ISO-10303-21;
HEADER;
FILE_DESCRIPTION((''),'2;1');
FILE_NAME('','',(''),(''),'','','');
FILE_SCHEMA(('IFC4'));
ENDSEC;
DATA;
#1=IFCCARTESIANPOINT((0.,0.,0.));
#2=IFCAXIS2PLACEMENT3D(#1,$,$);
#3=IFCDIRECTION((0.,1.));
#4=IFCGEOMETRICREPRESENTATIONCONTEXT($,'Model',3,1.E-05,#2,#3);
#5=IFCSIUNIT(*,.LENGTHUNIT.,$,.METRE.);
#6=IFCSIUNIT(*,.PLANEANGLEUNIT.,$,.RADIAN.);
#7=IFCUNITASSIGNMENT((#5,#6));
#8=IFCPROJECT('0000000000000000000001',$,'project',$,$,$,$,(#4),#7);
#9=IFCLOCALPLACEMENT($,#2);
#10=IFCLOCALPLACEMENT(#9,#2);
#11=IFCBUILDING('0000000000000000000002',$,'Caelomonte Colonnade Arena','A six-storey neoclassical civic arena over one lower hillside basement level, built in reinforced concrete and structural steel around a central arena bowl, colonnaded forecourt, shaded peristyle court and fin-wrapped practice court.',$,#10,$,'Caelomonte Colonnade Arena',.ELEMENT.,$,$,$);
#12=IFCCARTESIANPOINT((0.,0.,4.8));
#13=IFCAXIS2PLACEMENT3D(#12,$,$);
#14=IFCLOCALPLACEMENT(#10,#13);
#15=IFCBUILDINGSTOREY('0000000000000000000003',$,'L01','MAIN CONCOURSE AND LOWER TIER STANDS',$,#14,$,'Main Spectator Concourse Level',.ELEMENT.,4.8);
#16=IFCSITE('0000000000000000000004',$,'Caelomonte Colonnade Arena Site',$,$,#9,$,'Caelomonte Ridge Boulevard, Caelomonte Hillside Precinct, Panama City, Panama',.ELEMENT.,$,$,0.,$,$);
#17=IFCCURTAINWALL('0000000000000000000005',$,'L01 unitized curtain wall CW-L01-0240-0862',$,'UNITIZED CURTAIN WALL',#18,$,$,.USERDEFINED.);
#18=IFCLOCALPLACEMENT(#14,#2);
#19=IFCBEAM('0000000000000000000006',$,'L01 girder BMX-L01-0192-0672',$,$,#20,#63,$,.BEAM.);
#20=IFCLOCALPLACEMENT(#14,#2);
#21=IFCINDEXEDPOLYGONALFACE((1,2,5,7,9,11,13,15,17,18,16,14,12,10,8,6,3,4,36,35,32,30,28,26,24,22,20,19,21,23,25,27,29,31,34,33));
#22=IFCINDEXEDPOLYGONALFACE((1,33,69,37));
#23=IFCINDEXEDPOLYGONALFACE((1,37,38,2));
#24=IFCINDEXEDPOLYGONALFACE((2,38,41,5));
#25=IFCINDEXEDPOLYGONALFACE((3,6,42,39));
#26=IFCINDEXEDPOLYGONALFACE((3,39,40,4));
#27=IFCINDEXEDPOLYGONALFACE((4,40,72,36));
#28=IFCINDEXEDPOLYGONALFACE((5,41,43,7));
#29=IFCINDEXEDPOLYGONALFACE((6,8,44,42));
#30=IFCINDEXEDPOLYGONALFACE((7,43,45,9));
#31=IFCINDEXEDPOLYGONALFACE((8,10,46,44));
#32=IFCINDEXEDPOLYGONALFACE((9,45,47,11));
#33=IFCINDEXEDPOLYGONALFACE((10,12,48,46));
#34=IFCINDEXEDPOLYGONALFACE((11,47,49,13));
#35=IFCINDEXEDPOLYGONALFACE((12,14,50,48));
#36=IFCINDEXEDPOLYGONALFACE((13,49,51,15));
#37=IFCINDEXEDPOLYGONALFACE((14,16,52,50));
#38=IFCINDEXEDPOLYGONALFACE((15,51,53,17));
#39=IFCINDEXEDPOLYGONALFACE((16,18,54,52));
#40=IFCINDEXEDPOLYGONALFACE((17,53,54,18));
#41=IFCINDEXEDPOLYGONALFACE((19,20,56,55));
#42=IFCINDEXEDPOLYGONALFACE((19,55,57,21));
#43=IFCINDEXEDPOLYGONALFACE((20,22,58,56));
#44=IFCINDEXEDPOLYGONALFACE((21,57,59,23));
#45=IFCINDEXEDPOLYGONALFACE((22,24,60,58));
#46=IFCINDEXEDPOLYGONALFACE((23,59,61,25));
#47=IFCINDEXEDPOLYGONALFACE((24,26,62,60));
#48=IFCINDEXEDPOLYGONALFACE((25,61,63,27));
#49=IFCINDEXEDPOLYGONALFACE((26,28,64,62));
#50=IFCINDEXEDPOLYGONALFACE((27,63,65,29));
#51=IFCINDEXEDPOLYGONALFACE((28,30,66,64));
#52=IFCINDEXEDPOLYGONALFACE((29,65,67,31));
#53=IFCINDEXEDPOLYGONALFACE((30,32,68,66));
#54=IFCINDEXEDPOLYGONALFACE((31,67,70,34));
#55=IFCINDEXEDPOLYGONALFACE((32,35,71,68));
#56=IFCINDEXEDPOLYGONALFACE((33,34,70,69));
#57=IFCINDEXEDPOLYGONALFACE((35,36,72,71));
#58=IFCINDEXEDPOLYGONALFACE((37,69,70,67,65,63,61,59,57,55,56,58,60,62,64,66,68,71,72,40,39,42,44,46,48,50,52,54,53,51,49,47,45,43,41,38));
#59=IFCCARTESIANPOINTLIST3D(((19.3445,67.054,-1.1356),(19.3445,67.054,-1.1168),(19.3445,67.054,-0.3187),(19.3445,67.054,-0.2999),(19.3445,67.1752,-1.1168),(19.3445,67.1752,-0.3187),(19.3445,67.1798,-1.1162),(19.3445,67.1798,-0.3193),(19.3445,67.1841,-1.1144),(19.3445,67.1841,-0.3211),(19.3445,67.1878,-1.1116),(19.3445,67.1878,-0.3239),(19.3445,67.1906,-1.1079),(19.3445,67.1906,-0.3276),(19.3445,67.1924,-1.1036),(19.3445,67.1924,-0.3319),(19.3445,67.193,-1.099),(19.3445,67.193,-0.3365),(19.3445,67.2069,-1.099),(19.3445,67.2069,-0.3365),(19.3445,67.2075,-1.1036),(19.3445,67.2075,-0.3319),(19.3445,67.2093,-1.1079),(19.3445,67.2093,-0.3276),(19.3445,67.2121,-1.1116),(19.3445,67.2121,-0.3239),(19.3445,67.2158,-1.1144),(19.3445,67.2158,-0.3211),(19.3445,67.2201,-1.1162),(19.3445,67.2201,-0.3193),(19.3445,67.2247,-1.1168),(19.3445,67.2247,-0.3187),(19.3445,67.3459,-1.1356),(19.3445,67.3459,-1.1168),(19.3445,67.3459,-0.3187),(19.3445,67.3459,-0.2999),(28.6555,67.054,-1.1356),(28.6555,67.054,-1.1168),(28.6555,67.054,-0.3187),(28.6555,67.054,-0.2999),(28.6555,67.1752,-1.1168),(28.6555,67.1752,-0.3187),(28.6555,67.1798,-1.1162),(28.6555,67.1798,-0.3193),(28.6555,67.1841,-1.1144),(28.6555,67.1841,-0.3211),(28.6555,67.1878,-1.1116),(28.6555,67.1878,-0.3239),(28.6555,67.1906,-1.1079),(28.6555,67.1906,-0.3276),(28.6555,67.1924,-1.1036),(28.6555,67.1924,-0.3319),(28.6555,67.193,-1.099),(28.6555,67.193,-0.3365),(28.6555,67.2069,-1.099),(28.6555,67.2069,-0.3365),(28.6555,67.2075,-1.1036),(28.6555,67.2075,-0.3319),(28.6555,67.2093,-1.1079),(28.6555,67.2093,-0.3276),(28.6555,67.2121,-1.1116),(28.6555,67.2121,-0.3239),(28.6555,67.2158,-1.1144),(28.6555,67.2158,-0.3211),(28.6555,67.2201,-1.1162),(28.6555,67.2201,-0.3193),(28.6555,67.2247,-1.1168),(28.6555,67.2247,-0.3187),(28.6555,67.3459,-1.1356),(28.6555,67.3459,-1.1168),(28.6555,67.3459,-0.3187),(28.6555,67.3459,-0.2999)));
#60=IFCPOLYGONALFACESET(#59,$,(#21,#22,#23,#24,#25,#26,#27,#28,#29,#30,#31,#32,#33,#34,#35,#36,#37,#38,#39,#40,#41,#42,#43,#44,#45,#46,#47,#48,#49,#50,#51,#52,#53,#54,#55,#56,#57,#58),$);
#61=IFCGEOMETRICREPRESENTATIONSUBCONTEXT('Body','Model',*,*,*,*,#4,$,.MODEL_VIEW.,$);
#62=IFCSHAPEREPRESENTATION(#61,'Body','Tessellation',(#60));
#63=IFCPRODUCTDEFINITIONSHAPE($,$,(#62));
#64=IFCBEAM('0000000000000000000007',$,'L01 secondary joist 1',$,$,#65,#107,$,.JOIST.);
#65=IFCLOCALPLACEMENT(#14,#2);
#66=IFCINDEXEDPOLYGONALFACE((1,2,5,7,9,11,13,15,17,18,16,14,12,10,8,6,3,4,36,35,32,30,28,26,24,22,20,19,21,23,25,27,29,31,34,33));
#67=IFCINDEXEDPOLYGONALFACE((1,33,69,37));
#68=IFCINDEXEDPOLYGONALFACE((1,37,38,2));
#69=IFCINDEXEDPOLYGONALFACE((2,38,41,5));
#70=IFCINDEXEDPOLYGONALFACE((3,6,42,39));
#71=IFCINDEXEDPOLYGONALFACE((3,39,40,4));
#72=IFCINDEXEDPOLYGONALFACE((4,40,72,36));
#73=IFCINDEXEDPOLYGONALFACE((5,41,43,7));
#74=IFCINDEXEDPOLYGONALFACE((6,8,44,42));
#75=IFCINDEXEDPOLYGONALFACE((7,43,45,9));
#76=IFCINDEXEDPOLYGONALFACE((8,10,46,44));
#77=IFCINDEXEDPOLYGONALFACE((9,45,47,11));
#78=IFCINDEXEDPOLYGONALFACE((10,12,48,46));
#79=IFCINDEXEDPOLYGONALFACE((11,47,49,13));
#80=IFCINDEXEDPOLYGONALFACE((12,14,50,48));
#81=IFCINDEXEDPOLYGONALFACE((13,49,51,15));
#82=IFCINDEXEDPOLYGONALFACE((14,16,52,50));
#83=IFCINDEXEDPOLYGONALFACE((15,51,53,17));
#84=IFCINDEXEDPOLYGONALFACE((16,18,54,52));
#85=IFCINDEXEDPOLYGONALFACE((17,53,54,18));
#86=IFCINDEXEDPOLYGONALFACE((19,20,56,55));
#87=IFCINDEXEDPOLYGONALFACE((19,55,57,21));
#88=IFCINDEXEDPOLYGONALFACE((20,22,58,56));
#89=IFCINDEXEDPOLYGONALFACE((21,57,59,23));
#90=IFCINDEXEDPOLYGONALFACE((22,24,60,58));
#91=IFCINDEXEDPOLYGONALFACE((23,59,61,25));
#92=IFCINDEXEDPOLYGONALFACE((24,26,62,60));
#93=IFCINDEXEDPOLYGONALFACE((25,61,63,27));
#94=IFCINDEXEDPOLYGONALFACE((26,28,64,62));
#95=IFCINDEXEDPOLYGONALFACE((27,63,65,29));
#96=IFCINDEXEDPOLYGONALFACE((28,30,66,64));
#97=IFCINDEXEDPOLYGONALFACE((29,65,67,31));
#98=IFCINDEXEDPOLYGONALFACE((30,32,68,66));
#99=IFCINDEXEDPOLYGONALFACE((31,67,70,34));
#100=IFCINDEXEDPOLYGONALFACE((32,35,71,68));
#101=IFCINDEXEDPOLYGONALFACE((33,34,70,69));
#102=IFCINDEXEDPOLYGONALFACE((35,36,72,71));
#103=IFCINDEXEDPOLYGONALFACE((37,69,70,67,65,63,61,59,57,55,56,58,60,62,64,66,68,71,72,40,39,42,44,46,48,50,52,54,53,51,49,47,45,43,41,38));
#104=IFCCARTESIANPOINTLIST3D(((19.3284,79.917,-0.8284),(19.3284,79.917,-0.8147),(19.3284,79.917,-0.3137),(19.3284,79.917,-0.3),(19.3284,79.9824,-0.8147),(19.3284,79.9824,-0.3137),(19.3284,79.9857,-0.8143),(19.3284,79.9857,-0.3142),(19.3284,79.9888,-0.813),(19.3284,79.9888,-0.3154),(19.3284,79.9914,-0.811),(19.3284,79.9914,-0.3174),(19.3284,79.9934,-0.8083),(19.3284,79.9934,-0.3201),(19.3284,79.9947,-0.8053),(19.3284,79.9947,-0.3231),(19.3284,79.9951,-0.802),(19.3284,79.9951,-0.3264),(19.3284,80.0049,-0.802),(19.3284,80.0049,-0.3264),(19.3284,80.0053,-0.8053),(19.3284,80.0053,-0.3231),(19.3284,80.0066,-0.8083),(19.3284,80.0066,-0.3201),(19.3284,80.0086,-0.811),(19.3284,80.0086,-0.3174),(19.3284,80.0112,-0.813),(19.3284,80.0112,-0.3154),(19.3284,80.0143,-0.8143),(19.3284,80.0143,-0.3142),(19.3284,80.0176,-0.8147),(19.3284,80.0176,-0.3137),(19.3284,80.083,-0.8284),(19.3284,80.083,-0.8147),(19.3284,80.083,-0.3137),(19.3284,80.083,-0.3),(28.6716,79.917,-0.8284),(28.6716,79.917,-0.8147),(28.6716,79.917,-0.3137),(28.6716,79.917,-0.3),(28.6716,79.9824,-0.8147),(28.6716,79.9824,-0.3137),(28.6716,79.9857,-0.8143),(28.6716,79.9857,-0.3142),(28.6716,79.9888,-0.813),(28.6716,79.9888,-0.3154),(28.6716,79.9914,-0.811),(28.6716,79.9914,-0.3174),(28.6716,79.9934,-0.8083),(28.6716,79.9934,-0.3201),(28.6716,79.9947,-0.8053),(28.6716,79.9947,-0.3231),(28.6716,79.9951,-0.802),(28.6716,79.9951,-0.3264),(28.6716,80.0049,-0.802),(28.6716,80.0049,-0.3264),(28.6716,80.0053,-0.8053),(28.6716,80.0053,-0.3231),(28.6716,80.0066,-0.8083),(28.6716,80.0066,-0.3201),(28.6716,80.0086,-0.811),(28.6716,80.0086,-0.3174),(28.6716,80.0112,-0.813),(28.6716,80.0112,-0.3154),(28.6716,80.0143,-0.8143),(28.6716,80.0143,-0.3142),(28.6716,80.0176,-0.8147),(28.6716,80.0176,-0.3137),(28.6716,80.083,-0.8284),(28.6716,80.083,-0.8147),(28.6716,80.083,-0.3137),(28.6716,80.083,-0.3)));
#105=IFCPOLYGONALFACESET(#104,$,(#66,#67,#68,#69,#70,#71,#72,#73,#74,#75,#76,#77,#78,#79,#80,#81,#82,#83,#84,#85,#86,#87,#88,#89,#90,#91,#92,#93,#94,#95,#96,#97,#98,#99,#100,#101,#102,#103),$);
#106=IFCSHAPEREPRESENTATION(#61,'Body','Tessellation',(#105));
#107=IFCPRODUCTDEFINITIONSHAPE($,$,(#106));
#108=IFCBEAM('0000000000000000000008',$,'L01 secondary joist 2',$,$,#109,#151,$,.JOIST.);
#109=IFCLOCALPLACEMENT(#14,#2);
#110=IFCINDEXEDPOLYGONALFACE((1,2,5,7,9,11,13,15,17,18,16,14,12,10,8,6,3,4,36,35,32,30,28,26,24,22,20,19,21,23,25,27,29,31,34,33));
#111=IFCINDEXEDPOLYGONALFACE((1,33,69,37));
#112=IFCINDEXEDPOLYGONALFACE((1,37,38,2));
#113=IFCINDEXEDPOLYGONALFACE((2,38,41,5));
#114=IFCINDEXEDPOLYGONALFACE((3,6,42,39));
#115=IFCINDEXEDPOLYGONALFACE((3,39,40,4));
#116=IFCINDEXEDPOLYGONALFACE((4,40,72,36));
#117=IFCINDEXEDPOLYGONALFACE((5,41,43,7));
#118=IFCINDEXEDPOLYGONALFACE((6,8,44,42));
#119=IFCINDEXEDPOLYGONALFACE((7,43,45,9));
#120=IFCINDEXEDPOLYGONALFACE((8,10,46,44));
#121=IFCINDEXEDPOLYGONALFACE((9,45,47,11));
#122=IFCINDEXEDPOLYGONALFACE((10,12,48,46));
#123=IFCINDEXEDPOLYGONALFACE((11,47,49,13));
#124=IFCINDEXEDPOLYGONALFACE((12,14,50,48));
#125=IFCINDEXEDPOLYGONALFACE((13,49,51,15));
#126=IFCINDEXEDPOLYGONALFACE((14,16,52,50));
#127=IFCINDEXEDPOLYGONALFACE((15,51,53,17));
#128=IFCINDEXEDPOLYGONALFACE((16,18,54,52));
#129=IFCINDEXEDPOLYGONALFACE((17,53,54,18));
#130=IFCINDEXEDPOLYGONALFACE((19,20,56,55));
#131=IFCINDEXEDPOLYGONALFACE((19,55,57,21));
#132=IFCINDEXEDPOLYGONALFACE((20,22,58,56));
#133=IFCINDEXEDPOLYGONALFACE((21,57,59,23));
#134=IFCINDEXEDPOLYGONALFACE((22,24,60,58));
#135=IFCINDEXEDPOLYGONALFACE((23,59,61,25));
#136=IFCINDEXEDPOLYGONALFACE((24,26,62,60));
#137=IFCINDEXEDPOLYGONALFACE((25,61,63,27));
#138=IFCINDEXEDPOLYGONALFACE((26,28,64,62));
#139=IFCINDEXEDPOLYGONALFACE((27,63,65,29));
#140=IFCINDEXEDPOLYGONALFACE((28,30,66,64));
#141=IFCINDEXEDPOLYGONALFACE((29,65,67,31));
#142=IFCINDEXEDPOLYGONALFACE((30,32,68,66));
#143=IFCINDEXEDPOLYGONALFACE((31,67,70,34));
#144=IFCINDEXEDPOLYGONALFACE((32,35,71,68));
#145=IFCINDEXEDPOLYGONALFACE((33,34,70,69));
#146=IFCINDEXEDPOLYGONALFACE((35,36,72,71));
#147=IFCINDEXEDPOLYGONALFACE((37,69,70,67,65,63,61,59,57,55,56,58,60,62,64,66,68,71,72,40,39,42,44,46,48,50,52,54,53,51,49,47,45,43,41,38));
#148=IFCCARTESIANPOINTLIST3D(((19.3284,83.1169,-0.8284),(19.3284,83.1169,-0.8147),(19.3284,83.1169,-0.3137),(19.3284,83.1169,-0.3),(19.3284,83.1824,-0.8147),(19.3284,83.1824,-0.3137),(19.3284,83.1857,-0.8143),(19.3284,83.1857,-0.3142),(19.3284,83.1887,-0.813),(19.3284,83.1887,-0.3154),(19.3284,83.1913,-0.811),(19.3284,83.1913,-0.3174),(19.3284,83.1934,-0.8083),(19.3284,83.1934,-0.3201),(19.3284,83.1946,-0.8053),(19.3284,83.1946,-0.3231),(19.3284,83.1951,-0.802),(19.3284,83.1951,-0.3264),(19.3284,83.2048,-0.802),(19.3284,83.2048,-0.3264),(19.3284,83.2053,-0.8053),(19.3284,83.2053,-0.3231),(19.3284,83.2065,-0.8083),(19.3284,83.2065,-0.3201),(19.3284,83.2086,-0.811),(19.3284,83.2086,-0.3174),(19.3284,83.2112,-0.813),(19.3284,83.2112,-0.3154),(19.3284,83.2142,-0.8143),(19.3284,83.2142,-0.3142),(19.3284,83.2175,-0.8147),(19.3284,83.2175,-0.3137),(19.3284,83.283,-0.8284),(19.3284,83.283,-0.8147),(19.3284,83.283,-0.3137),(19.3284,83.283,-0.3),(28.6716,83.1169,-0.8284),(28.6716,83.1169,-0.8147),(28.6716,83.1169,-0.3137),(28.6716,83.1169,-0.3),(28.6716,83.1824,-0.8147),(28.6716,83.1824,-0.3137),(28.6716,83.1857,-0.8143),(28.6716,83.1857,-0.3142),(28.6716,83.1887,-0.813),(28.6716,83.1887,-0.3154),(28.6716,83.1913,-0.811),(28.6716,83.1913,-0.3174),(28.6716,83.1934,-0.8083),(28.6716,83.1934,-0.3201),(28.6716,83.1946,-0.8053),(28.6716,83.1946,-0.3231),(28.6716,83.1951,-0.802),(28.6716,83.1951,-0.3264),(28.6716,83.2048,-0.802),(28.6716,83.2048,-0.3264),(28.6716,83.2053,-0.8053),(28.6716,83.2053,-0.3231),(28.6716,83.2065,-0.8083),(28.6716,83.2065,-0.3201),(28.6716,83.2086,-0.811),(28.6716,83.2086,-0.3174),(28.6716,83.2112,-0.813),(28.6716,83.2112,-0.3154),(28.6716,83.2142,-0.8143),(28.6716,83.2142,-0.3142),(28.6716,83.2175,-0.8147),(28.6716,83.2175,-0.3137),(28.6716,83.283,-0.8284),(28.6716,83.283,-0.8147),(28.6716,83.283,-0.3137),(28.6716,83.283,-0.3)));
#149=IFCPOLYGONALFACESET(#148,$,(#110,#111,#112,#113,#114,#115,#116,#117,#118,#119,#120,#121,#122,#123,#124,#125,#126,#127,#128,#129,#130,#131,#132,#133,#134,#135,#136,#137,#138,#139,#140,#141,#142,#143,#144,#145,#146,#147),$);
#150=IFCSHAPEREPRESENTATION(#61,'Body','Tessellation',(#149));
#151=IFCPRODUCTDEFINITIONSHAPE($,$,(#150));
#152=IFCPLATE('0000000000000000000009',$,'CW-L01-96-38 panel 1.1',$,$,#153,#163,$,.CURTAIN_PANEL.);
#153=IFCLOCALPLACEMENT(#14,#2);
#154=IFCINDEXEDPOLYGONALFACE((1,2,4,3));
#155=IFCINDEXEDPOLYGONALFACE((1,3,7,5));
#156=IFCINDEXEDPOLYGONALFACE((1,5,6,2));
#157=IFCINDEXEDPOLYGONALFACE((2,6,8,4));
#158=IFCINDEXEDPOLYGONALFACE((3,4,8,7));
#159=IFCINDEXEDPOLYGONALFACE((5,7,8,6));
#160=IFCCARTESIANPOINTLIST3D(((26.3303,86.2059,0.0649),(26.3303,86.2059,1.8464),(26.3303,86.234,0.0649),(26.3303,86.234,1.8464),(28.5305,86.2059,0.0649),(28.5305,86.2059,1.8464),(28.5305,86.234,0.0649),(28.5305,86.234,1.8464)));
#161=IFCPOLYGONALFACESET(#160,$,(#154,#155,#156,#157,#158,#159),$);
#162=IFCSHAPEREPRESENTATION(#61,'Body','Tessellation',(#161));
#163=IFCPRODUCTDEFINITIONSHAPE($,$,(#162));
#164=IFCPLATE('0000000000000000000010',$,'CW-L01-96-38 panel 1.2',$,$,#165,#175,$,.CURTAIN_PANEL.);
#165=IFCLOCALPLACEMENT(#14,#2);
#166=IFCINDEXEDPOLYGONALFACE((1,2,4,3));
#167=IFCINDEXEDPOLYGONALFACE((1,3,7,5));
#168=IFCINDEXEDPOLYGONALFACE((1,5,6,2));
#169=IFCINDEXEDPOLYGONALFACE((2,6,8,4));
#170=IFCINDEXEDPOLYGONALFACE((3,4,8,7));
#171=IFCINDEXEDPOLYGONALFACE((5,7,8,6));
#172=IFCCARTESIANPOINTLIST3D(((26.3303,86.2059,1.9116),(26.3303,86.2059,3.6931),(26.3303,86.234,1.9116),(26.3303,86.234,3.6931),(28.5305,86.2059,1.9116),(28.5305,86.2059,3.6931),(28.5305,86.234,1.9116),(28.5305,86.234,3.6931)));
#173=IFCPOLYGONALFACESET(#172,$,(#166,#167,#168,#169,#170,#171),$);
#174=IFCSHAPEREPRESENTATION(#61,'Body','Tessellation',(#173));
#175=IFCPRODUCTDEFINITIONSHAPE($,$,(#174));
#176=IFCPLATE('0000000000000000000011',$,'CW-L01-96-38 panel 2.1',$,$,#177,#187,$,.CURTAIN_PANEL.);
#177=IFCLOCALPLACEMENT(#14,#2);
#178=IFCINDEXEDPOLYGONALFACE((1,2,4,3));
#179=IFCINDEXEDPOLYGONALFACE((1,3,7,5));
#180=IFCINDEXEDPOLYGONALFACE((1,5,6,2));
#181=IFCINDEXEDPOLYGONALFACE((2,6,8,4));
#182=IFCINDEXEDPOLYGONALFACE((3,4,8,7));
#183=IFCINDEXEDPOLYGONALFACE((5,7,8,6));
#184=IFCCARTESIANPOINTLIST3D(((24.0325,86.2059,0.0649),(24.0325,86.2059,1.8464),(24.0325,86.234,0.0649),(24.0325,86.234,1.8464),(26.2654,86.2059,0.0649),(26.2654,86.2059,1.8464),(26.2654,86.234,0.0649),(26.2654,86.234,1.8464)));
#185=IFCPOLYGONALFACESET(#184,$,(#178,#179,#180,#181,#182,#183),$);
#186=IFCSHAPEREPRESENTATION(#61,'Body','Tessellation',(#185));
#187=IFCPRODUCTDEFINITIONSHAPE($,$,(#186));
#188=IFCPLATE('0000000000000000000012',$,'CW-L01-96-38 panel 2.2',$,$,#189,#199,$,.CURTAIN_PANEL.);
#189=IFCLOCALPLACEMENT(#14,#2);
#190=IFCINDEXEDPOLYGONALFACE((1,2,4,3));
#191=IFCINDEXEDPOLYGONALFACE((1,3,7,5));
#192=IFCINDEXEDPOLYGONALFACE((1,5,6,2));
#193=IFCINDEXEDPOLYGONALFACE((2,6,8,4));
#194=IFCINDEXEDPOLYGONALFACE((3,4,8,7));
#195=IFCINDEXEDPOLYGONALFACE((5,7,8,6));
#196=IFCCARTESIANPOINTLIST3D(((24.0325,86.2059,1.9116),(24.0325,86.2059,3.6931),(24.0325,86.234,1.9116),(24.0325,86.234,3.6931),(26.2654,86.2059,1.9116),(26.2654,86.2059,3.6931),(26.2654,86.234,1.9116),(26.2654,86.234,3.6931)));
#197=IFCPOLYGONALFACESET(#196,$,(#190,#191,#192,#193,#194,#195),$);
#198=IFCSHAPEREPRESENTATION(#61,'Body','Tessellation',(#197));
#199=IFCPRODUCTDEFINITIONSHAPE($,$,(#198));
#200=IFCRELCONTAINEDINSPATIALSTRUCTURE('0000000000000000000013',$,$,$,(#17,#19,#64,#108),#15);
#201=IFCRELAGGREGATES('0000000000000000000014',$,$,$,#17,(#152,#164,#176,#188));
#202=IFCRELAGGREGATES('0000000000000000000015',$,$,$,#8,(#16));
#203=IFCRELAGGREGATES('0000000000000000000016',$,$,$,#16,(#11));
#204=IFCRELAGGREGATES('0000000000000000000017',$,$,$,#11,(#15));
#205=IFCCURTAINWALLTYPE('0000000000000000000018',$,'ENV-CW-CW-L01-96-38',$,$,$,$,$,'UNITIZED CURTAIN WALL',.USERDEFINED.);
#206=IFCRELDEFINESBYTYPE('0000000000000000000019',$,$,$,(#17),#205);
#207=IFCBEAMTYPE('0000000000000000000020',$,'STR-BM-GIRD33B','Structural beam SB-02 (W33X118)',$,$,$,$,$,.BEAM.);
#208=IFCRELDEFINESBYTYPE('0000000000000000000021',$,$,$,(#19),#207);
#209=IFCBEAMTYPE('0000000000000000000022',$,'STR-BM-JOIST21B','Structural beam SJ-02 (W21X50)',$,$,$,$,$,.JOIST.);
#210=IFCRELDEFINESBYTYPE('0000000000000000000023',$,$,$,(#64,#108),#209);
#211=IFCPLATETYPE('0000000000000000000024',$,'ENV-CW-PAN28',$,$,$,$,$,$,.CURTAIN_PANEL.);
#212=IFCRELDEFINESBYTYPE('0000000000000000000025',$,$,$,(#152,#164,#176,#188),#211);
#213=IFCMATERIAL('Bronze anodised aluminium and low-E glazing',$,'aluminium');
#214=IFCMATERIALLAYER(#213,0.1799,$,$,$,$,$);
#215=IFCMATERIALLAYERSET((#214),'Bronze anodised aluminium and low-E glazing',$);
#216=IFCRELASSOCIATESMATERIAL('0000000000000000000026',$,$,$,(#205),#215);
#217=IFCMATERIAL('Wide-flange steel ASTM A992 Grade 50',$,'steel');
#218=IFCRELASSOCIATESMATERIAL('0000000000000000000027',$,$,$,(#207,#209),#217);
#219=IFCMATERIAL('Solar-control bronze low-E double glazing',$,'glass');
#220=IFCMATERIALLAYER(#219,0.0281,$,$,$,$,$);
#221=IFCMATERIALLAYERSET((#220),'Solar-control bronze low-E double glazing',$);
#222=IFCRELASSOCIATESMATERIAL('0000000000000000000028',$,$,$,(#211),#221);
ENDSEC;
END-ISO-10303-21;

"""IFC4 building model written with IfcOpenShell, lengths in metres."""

from ifc_helpers import new_model, si_unit, direction, frame, origin, origin_2d, place, context, subcontext, project, spatial, rectangle, i_section, extrude, material, layer, layer_set, material_profile, profile_set, type_object, element, aggregate, save


model = new_model("IFC4")

# Units and contexts
model_context = context("Model", 3, precision=1e-05, world=origin(), true_north=direction((0.0, 1.0)))
body_context = subcontext(model_context, "Body", "Model", "MODEL_VIEW")
ifc_project = project(units=[si_unit("LENGTHUNIT", "METRE"), si_unit("PLANEANGLEUNIT", "RADIAN")], contexts=[model_context])

# Site, building, storey
site_placement = place(None, origin())
site = spatial("IfcSite", under=ifc_project, at=site_placement, Name="Caelomonte Colonnade Arena Site", LongName="Caelomonte Ridge Boulevard, Caelomonte Hillside Precinct, Panama City, Panama", CompositionType="ELEMENT", RefElevation=0.0)
building_placement = place(site_placement, origin())
building = spatial("IfcBuilding", under=site, at=building_placement, Name="Caelomonte Colonnade Arena", Description="A six-storey neoclassical civic arena over one lower hillside basement level, built in reinforced concrete and structural steel around a central arena bowl, colonnaded forecourt, shaded peristyle court and fin-wrapped practice court.", LongName="Caelomonte Colonnade Arena", CompositionType="ELEMENT")
storey_placement = place(building_placement, frame((0.0, 0.0, 4.8)))
storey = spatial("IfcBuildingStorey", under=building, at=storey_placement, Name="L01", Description="MAIN CONCOURSE AND LOWER TIER STANDS", LongName="Main Spectator Concourse Level", CompositionType="ELEMENT", Elevation=4.8)

# Curtain wall
ifc_material_1 = material(Name="Bronze anodised aluminium and low-E glazing", Category="aluminium")
ifc_layer_1 = layer(ifc_material_1, 0.1799)
ifc_layer_set_1 = layer_set([ifc_layer_1], Name="Bronze anodised aluminium and low-E glazing")
curtain_wall_type = type_object("IfcCurtainWallType", Name="ENV-CW-CW-L01-96-38", ElementType="UNITIZED CURTAIN WALL", PredefinedType="USERDEFINED", material=ifc_layer_set_1)
curtain_wall_placement = place(storey_placement, origin())
curtain_wall = element("IfcCurtainWall", 1, at=curtain_wall_placement, inside=storey, type_object=curtain_wall_type, Name="L01 unitized curtain wall CW-L01-0240-0862", ObjectType="UNITIZED CURTAIN WALL", PredefinedType="USERDEFINED")

# Beams
ifc_material_2 = material(Name="Wide-flange steel ASTM A992 Grade 50", Category="steel")
ifc_material_profile_1 = material_profile(ifc_material_2, i_section(OverallWidth=0.292, OverallDepth=0.8357, WebThickness=0.0139, FlangeThickness=0.0188, FilletRadius=0.0178, at=origin_2d()), Name="W33X118")
ifc_profile_set_1 = profile_set([ifc_material_profile_1], Name="Wide-flange steel ASTM A992 Grade 50")
beam_type_1 = type_object("IfcBeamType", Name="STR-BM-GIRD33B", Description="Structural beam SB-02 (W33X118)", PredefinedType="BEAM", material=ifc_profile_set_1)
beam_placement = place(storey_placement, frame((19.3445, 67.2, -0.7178), z_axis=(1.0, 0.0, 0.0), x_axis=(0.0, 1.0, 0.0)))
element("IfcBeam", 2, at=beam_placement, inside=storey, type_object=beam_type_1, Name="L01 girder BMX-L01-0192-0672", PredefinedType="BEAM", context=body_context, shape_type="SweptSolid", body=[
    extrude(i_section(OverallWidth=0.292, OverallDepth=0.8357, WebThickness=0.0139, FlangeThickness=0.0188, FilletRadius=0.0178, at=origin_2d()), origin(), (0.0, 0.0, 1.0), 9.311),
])
ifc_material_profile_2 = material_profile(ifc_material_2, i_section(OverallWidth=0.166, OverallDepth=0.5283, WebThickness=0.0098, FlangeThickness=0.0137, FilletRadius=0.0127, at=origin_2d()), Name="W21X50")
ifc_profile_set_2 = profile_set([ifc_material_profile_2], Name="Wide-flange steel ASTM A992 Grade 50")
beam_type_2 = type_object("IfcBeamType", Name="STR-BM-JOIST21B", Description="Structural beam SJ-02 (W21X50)", PredefinedType="JOIST", material=ifc_profile_set_2)
for number, where, z_axis, x_axis, name in (
    (3, (19.3284, 80.0, -0.5642), (1.0, 0.0, 0.0), (0.0, 1.0, 0.0), "L01 secondary joist 1"),
    (4, (19.3284, 83.2, -0.5642), (1.0, 0.0, 0.0), (0.0, 1.0, 0.0), "L01 secondary joist 2"),
):
    element("IfcBeam", number, at=place(storey_placement, frame(where, z_axis=z_axis, x_axis=x_axis)), inside=storey, type_object=beam_type_2, Name=name, PredefinedType="JOIST", context=body_context, shape_type="SweptSolid", body=[
        extrude(i_section(OverallWidth=0.166, OverallDepth=0.5283, WebThickness=0.0098, FlangeThickness=0.0137, FilletRadius=0.0127, at=origin_2d()), origin(), (0.0, 0.0, 1.0), 9.3433),
    ])

# Plates
ifc_material_3 = material(Name="Solar-control bronze low-E double glazing", Category="glass")
ifc_layer_2 = layer(ifc_material_3, 0.0281)
ifc_layer_set_2 = layer_set([ifc_layer_2], Name="Solar-control bronze low-E double glazing")
plate_type = type_object("IfcPlateType", Name="ENV-CW-PAN28", PredefinedType="CURTAIN_PANEL", material=ifc_layer_set_2)
plate_1_placement = place(storey_placement, frame((27.4304, 86.22, 0.0649), z_axis=(0.0, 0.0, 1.0), x_axis=(-1.0, 0.0, 0.0)))
plate_1 = element("IfcPlate", 5, at=plate_1_placement, type_object=plate_type, Name="CW-L01-96-38 panel 1.1", PredefinedType="CURTAIN_PANEL", context=body_context, shape_type="SweptSolid", body=[
    extrude(rectangle(XDim=2.2002, YDim=0.0281, at=origin_2d()), origin(), (0.0, 0.0, 1.0), 1.7815),
])
plate_2_placement = place(storey_placement, frame((27.4304, 86.22, 1.9116), z_axis=(0.0, 0.0, 1.0), x_axis=(-1.0, 0.0, 0.0)))
plate_2 = element("IfcPlate", 6, at=plate_2_placement, type_object=plate_type, Name="CW-L01-96-38 panel 1.2", PredefinedType="CURTAIN_PANEL", context=body_context, shape_type="SweptSolid", body=[
    extrude(rectangle(XDim=2.2002, YDim=0.0281, at=origin_2d()), origin(), (0.0, 0.0, 1.0), 1.7815),
])
plate_3_placement = place(storey_placement, frame((25.1489, 86.22, 0.0649), z_axis=(0.0, 0.0, 1.0), x_axis=(-1.0, 0.0, 0.0)))
plate_3 = element("IfcPlate", 7, at=plate_3_placement, type_object=plate_type, Name="CW-L01-96-38 panel 2.1", PredefinedType="CURTAIN_PANEL", context=body_context, shape_type="SweptSolid", body=[
    extrude(rectangle(XDim=2.2329, YDim=0.0281, at=origin_2d()), origin(), (0.0, 0.0, 1.0), 1.7815),
])
plate_4_placement = place(storey_placement, frame((25.1489, 86.22, 1.9116), z_axis=(0.0, 0.0, 1.0), x_axis=(-1.0, 0.0, 0.0)))
plate_4 = element("IfcPlate", 8, at=plate_4_placement, type_object=plate_type, Name="CW-L01-96-38 panel 2.2", PredefinedType="CURTAIN_PANEL", context=body_context, shape_type="SweptSolid", body=[
    extrude(rectangle(XDim=2.2329, YDim=0.0281, at=origin_2d()), origin(), (0.0, 0.0, 1.0), 1.7815),
])
aggregate(curtain_wall, [plate_1, plate_2, plate_3, plate_4])

save(model, "model.ifc")
